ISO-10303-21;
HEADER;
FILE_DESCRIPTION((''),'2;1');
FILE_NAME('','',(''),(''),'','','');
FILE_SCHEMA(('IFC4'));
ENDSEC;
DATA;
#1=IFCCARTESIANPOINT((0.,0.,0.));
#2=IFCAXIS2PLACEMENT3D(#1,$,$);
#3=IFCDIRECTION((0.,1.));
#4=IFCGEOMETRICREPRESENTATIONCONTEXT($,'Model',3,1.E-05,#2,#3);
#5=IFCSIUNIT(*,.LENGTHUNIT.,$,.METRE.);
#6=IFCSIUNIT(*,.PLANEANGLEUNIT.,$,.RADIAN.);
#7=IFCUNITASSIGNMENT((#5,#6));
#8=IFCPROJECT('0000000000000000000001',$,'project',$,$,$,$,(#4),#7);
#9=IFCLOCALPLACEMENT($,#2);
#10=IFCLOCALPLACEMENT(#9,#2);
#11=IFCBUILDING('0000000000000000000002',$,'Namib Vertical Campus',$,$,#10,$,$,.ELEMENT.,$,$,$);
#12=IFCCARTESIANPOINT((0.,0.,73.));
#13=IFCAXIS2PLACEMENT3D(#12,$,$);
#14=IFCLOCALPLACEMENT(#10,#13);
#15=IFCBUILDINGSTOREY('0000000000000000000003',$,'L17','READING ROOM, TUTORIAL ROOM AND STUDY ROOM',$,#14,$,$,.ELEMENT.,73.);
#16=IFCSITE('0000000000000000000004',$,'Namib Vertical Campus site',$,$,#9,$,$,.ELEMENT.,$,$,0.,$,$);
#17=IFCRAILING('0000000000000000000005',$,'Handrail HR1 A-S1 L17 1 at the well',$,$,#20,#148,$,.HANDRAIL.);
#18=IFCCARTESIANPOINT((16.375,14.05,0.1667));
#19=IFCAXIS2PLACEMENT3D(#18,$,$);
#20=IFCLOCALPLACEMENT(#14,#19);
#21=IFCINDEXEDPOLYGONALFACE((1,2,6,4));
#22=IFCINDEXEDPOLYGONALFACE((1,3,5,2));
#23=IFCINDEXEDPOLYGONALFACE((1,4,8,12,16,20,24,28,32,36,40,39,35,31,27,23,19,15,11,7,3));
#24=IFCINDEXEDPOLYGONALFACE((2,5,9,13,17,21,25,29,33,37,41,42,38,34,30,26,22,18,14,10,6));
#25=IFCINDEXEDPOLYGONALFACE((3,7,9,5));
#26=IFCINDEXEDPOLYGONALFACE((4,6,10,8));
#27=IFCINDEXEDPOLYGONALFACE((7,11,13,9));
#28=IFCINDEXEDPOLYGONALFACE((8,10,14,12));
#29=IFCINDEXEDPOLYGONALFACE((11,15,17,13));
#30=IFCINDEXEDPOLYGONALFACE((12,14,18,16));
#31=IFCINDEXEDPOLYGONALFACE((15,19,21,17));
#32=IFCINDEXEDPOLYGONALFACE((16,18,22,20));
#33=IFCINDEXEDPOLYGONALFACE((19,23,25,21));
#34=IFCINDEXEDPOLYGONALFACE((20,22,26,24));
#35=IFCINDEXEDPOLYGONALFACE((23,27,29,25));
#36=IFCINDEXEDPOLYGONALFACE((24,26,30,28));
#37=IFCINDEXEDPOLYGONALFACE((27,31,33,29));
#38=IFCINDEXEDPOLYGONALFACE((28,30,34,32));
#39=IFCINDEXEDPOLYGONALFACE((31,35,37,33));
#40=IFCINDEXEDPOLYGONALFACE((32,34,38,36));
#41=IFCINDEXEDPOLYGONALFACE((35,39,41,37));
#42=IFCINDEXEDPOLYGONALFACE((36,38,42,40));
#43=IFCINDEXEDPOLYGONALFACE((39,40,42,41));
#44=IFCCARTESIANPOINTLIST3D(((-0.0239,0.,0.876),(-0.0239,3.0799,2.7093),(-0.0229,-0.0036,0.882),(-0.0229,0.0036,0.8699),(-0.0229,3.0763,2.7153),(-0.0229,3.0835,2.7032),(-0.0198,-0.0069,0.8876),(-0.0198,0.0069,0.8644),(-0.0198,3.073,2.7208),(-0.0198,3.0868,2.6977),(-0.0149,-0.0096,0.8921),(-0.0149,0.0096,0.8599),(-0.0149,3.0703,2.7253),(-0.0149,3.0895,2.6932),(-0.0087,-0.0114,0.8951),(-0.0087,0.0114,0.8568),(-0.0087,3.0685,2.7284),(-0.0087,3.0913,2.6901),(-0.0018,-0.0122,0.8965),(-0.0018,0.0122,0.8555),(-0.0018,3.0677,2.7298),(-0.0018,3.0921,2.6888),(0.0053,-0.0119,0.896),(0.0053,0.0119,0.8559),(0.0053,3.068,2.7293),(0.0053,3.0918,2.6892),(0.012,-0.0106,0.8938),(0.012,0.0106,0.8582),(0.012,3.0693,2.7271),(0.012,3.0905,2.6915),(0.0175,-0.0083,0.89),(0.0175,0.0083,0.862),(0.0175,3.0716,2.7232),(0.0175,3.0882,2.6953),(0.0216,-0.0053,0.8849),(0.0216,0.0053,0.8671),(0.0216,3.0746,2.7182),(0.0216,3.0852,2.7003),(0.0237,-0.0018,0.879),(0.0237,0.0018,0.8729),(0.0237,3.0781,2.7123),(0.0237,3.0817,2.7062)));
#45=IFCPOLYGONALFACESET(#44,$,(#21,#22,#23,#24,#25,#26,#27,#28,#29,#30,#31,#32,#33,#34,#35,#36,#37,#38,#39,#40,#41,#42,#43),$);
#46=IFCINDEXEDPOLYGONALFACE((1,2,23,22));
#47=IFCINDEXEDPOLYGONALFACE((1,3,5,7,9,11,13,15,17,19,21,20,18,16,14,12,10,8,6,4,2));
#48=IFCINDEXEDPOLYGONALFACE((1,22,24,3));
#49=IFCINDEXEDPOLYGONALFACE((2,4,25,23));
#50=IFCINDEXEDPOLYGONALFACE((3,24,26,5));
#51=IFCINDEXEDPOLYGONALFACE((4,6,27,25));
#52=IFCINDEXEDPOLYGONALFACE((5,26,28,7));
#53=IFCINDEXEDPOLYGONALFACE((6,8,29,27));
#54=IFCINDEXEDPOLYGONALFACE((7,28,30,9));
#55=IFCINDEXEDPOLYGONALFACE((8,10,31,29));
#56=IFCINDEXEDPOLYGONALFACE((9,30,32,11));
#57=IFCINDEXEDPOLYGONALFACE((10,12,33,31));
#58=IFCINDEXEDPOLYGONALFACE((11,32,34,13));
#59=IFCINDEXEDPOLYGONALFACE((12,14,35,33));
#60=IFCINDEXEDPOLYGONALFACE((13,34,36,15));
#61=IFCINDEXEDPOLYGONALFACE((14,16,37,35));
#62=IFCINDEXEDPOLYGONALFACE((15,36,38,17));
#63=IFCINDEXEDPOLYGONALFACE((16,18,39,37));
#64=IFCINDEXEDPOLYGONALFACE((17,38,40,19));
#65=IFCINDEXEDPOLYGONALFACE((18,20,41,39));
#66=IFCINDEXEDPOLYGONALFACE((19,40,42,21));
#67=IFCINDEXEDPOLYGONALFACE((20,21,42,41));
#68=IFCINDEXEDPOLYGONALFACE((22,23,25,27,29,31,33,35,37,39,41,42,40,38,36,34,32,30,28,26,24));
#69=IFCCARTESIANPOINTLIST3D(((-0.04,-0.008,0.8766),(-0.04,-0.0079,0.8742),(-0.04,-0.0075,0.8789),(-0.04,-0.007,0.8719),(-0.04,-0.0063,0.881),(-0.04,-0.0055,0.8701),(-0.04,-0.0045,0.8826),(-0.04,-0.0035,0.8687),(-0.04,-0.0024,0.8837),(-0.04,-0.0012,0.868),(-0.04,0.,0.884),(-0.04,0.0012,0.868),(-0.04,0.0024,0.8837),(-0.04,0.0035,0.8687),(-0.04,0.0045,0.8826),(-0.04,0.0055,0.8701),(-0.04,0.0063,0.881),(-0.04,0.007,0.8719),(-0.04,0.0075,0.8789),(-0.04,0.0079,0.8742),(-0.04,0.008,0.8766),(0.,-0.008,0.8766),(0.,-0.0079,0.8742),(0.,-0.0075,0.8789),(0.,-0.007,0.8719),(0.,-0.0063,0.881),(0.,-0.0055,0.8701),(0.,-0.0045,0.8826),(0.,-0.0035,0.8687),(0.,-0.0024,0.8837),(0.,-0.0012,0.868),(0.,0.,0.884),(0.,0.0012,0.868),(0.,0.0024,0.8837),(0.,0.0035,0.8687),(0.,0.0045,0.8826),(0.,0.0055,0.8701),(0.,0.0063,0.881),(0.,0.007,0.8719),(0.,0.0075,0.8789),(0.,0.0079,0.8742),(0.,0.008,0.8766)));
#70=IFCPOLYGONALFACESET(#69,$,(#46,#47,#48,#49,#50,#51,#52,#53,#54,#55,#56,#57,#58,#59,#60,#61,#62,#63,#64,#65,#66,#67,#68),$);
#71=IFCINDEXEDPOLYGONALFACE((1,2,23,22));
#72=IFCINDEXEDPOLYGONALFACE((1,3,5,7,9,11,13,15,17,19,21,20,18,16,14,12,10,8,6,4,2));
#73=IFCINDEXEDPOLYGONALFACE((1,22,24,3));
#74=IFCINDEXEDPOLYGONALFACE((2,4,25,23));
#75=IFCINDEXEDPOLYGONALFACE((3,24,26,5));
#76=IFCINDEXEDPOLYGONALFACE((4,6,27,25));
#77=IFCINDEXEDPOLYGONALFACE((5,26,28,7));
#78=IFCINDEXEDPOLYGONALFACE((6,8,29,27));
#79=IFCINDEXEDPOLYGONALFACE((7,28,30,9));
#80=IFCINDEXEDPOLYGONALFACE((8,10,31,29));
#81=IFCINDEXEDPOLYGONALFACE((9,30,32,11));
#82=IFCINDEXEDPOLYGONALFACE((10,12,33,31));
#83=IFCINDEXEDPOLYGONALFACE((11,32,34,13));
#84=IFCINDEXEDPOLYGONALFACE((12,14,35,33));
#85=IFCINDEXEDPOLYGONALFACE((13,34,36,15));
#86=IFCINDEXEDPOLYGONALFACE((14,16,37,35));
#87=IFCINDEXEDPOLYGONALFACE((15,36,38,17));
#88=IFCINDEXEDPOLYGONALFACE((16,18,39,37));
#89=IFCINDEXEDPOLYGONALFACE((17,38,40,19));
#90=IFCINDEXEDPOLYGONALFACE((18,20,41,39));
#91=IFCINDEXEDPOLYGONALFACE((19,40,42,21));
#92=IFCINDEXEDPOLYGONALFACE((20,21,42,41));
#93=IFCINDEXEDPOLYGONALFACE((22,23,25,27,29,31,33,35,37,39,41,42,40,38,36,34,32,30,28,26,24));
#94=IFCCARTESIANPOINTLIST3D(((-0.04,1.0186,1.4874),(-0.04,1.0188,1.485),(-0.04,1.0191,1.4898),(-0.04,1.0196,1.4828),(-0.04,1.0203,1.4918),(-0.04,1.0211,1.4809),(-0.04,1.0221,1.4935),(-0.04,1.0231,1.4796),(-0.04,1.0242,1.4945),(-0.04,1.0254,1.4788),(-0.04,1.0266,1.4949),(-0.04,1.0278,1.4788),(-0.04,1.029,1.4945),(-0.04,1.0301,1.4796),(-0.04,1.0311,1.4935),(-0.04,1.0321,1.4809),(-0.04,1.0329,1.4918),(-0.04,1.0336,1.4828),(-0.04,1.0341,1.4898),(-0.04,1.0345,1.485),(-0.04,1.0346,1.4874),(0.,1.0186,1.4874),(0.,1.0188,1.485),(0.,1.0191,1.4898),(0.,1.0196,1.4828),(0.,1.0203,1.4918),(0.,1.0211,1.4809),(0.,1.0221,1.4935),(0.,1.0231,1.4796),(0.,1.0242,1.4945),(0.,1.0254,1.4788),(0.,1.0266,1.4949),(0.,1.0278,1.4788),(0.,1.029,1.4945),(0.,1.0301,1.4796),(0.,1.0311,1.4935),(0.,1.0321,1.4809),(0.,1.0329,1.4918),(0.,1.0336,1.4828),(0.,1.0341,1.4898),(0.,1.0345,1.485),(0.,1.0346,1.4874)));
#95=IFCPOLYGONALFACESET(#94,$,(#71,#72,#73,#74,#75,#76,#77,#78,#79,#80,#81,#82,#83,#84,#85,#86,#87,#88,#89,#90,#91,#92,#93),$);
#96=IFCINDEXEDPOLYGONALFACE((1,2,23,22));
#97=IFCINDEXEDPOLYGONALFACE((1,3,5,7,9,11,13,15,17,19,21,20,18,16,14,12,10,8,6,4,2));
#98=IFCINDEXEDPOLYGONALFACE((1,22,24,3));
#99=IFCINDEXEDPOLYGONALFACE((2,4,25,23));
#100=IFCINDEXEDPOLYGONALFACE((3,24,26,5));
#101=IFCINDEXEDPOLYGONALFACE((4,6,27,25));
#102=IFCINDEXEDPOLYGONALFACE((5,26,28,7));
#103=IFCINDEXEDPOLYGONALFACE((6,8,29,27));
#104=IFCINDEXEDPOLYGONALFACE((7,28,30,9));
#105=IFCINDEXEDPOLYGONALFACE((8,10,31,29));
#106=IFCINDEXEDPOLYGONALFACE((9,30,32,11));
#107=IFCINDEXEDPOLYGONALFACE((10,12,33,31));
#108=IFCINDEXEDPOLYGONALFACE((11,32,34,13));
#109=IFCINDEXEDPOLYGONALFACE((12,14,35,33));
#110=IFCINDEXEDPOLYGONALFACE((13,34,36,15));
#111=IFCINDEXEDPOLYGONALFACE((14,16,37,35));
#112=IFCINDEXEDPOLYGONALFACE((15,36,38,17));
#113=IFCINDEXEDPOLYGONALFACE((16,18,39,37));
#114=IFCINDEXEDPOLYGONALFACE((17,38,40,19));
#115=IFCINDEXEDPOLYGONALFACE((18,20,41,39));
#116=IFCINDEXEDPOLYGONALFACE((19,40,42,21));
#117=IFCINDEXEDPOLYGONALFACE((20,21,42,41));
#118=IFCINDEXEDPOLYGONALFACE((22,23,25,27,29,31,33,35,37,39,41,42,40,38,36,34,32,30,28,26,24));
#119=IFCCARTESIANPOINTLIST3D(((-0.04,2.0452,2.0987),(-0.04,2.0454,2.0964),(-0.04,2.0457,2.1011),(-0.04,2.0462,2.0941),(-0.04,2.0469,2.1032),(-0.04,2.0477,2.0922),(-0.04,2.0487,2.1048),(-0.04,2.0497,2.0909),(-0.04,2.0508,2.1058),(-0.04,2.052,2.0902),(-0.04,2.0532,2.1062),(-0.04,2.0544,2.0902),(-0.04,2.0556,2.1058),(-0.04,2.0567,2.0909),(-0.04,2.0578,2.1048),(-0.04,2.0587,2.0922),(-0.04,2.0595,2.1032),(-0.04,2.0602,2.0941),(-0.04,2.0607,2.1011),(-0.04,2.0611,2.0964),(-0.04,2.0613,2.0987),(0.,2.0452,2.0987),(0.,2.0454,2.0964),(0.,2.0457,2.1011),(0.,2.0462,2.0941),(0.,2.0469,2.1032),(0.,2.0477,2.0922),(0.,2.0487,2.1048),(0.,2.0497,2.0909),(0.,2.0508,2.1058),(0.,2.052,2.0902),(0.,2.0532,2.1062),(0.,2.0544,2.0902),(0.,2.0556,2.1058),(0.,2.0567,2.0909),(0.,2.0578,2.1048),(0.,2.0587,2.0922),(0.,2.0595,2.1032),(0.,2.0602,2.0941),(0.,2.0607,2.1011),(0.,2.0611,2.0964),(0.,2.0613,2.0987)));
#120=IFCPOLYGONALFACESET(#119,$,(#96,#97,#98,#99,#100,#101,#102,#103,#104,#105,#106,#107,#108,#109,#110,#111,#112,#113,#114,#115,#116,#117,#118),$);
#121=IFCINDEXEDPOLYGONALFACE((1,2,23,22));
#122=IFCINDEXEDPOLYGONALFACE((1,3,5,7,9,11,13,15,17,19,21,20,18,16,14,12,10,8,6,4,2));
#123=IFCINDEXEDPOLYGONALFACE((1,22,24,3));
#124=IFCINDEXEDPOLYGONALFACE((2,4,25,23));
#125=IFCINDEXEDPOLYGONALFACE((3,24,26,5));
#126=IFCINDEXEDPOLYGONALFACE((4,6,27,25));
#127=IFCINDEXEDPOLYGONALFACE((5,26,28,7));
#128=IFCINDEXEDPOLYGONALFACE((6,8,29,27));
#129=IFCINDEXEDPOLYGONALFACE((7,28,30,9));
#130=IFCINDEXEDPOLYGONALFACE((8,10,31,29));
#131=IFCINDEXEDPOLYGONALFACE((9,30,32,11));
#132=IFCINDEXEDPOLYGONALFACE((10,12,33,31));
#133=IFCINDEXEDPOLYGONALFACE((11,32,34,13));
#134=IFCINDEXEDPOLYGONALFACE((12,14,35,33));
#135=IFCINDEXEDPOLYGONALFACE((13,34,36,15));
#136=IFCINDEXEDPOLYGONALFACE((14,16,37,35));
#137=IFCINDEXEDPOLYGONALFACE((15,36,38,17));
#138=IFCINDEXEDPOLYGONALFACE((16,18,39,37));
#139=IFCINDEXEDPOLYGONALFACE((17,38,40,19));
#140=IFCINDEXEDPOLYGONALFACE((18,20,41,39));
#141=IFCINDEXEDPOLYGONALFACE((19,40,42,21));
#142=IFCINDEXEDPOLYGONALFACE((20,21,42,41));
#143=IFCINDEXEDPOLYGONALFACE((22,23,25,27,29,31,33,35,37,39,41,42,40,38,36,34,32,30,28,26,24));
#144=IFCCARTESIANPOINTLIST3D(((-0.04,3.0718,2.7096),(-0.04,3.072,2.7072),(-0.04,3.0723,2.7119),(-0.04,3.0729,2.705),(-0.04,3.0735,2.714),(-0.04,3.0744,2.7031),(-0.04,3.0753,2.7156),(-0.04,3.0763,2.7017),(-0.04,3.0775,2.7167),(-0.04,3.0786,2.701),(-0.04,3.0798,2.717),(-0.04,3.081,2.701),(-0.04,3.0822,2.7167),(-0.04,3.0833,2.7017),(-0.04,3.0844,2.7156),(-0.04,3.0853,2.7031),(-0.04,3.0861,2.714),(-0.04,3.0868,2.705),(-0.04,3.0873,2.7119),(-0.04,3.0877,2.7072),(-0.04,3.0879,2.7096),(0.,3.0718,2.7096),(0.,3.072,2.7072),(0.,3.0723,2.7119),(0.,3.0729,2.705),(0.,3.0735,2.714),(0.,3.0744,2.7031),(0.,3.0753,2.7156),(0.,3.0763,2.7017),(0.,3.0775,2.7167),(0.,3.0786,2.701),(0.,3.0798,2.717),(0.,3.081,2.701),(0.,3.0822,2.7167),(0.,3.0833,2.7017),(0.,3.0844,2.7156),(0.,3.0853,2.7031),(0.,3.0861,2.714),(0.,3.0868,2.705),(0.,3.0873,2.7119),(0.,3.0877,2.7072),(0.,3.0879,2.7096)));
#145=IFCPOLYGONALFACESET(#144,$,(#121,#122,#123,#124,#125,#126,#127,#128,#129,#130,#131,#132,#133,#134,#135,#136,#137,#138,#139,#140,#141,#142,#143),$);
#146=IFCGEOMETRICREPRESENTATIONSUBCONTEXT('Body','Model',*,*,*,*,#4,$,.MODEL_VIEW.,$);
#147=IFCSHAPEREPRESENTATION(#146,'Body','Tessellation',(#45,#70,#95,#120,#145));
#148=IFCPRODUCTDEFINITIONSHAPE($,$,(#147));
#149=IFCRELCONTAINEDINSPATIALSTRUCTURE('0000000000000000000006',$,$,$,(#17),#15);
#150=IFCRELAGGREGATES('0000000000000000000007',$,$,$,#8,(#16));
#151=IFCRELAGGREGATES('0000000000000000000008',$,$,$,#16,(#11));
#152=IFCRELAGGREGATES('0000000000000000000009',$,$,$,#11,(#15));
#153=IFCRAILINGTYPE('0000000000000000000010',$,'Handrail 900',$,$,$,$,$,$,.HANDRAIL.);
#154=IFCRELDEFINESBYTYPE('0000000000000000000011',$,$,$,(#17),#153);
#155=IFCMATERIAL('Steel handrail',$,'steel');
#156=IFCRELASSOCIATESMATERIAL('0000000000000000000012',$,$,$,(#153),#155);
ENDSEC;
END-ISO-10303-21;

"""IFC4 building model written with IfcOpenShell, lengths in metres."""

from ifc_helpers import new_model, si_unit, direction, frame, origin, origin_2d, place, context, subcontext, project, spatial, circle, extrude, material, type_object, element, save


model = new_model("IFC4")

# Units and contexts
model_context = context("Model", 3, precision=1e-05, world=origin(), true_north=direction((0.0, 1.0)))
body_context = subcontext(model_context, "Body", "Model", "MODEL_VIEW")
ifc_project = project(units=[si_unit("LENGTHUNIT", "METRE"), si_unit("PLANEANGLEUNIT", "RADIAN")], contexts=[model_context])

# Site, building, storey
site_placement = place(None, origin())
site = spatial("IfcSite", under=ifc_project, at=site_placement, Name="Namib Vertical Campus site", CompositionType="ELEMENT", RefElevation=0.0)
building_placement = place(site_placement, origin())
building = spatial("IfcBuilding", under=site, at=building_placement, Name="Namib Vertical Campus", CompositionType="ELEMENT")
storey_placement = place(building_placement, frame((0.0, 0.0, 73.0)))
storey = spatial("IfcBuildingStorey", under=building, at=storey_placement, Name="L17", Description="READING ROOM, TUTORIAL ROOM AND STUDY ROOM", CompositionType="ELEMENT", Elevation=73.0)

# Railing
ifc_material_1 = material(Name="Steel handrail", Category="steel")
railing_type_1 = type_object("IfcRailingType", Name="Handrail 900", PredefinedType="HANDRAIL", material=ifc_material_1)
railing_1_placement = place(storey_placement, frame((16.375, 14.05, 0.1667)))
element("IfcRailing", 1, at=railing_1_placement, inside=storey, type_object=railing_type_1, Name="Handrail HR1 A-S1 L17 1 at the well", PredefinedType="HANDRAIL", context=body_context, shape_type="SweptSolid", body=[
    extrude(circle(Radius=0.0239, at=origin_2d()), frame((0.0, 0.0, 0.876), z_axis=(0.0, 0.859291, 0.511487), x_axis=(-1.0, 0.0, 0.0)), (0.0, 0.0, 1.0), 3.5842),
    extrude(circle(Radius=0.0081, at=origin_2d()), frame((0.0, 0.0, 0.876), z_axis=(-1.0, 0.0, 0.0), x_axis=(0.0, 0.0, 1.0)), (0.0, 0.0, 1.0), 0.04),
    extrude(circle(Radius=0.0081, at=origin_2d()), frame((0.0, 1.0266, 1.4868), z_axis=(-1.0, 0.0, 0.0), x_axis=(0.0, 0.0, 1.0)), (0.0, 0.0, 1.0), 0.04),
    extrude(circle(Radius=0.0081, at=origin_2d()), frame((0.0, 2.0532, 2.0981), z_axis=(-1.0, 0.0, 0.0), x_axis=(0.0, 0.0, 1.0)), (0.0, 0.0, 1.0), 0.04),
    extrude(circle(Radius=0.0081, at=origin_2d()), frame((0.0, 3.0798, 2.709), z_axis=(-1.0, 0.0, 0.0), x_axis=(0.0, 0.0, 1.0)), (0.0, 0.0, 1.0), 0.04),
])

save(model, "model.ifc")
